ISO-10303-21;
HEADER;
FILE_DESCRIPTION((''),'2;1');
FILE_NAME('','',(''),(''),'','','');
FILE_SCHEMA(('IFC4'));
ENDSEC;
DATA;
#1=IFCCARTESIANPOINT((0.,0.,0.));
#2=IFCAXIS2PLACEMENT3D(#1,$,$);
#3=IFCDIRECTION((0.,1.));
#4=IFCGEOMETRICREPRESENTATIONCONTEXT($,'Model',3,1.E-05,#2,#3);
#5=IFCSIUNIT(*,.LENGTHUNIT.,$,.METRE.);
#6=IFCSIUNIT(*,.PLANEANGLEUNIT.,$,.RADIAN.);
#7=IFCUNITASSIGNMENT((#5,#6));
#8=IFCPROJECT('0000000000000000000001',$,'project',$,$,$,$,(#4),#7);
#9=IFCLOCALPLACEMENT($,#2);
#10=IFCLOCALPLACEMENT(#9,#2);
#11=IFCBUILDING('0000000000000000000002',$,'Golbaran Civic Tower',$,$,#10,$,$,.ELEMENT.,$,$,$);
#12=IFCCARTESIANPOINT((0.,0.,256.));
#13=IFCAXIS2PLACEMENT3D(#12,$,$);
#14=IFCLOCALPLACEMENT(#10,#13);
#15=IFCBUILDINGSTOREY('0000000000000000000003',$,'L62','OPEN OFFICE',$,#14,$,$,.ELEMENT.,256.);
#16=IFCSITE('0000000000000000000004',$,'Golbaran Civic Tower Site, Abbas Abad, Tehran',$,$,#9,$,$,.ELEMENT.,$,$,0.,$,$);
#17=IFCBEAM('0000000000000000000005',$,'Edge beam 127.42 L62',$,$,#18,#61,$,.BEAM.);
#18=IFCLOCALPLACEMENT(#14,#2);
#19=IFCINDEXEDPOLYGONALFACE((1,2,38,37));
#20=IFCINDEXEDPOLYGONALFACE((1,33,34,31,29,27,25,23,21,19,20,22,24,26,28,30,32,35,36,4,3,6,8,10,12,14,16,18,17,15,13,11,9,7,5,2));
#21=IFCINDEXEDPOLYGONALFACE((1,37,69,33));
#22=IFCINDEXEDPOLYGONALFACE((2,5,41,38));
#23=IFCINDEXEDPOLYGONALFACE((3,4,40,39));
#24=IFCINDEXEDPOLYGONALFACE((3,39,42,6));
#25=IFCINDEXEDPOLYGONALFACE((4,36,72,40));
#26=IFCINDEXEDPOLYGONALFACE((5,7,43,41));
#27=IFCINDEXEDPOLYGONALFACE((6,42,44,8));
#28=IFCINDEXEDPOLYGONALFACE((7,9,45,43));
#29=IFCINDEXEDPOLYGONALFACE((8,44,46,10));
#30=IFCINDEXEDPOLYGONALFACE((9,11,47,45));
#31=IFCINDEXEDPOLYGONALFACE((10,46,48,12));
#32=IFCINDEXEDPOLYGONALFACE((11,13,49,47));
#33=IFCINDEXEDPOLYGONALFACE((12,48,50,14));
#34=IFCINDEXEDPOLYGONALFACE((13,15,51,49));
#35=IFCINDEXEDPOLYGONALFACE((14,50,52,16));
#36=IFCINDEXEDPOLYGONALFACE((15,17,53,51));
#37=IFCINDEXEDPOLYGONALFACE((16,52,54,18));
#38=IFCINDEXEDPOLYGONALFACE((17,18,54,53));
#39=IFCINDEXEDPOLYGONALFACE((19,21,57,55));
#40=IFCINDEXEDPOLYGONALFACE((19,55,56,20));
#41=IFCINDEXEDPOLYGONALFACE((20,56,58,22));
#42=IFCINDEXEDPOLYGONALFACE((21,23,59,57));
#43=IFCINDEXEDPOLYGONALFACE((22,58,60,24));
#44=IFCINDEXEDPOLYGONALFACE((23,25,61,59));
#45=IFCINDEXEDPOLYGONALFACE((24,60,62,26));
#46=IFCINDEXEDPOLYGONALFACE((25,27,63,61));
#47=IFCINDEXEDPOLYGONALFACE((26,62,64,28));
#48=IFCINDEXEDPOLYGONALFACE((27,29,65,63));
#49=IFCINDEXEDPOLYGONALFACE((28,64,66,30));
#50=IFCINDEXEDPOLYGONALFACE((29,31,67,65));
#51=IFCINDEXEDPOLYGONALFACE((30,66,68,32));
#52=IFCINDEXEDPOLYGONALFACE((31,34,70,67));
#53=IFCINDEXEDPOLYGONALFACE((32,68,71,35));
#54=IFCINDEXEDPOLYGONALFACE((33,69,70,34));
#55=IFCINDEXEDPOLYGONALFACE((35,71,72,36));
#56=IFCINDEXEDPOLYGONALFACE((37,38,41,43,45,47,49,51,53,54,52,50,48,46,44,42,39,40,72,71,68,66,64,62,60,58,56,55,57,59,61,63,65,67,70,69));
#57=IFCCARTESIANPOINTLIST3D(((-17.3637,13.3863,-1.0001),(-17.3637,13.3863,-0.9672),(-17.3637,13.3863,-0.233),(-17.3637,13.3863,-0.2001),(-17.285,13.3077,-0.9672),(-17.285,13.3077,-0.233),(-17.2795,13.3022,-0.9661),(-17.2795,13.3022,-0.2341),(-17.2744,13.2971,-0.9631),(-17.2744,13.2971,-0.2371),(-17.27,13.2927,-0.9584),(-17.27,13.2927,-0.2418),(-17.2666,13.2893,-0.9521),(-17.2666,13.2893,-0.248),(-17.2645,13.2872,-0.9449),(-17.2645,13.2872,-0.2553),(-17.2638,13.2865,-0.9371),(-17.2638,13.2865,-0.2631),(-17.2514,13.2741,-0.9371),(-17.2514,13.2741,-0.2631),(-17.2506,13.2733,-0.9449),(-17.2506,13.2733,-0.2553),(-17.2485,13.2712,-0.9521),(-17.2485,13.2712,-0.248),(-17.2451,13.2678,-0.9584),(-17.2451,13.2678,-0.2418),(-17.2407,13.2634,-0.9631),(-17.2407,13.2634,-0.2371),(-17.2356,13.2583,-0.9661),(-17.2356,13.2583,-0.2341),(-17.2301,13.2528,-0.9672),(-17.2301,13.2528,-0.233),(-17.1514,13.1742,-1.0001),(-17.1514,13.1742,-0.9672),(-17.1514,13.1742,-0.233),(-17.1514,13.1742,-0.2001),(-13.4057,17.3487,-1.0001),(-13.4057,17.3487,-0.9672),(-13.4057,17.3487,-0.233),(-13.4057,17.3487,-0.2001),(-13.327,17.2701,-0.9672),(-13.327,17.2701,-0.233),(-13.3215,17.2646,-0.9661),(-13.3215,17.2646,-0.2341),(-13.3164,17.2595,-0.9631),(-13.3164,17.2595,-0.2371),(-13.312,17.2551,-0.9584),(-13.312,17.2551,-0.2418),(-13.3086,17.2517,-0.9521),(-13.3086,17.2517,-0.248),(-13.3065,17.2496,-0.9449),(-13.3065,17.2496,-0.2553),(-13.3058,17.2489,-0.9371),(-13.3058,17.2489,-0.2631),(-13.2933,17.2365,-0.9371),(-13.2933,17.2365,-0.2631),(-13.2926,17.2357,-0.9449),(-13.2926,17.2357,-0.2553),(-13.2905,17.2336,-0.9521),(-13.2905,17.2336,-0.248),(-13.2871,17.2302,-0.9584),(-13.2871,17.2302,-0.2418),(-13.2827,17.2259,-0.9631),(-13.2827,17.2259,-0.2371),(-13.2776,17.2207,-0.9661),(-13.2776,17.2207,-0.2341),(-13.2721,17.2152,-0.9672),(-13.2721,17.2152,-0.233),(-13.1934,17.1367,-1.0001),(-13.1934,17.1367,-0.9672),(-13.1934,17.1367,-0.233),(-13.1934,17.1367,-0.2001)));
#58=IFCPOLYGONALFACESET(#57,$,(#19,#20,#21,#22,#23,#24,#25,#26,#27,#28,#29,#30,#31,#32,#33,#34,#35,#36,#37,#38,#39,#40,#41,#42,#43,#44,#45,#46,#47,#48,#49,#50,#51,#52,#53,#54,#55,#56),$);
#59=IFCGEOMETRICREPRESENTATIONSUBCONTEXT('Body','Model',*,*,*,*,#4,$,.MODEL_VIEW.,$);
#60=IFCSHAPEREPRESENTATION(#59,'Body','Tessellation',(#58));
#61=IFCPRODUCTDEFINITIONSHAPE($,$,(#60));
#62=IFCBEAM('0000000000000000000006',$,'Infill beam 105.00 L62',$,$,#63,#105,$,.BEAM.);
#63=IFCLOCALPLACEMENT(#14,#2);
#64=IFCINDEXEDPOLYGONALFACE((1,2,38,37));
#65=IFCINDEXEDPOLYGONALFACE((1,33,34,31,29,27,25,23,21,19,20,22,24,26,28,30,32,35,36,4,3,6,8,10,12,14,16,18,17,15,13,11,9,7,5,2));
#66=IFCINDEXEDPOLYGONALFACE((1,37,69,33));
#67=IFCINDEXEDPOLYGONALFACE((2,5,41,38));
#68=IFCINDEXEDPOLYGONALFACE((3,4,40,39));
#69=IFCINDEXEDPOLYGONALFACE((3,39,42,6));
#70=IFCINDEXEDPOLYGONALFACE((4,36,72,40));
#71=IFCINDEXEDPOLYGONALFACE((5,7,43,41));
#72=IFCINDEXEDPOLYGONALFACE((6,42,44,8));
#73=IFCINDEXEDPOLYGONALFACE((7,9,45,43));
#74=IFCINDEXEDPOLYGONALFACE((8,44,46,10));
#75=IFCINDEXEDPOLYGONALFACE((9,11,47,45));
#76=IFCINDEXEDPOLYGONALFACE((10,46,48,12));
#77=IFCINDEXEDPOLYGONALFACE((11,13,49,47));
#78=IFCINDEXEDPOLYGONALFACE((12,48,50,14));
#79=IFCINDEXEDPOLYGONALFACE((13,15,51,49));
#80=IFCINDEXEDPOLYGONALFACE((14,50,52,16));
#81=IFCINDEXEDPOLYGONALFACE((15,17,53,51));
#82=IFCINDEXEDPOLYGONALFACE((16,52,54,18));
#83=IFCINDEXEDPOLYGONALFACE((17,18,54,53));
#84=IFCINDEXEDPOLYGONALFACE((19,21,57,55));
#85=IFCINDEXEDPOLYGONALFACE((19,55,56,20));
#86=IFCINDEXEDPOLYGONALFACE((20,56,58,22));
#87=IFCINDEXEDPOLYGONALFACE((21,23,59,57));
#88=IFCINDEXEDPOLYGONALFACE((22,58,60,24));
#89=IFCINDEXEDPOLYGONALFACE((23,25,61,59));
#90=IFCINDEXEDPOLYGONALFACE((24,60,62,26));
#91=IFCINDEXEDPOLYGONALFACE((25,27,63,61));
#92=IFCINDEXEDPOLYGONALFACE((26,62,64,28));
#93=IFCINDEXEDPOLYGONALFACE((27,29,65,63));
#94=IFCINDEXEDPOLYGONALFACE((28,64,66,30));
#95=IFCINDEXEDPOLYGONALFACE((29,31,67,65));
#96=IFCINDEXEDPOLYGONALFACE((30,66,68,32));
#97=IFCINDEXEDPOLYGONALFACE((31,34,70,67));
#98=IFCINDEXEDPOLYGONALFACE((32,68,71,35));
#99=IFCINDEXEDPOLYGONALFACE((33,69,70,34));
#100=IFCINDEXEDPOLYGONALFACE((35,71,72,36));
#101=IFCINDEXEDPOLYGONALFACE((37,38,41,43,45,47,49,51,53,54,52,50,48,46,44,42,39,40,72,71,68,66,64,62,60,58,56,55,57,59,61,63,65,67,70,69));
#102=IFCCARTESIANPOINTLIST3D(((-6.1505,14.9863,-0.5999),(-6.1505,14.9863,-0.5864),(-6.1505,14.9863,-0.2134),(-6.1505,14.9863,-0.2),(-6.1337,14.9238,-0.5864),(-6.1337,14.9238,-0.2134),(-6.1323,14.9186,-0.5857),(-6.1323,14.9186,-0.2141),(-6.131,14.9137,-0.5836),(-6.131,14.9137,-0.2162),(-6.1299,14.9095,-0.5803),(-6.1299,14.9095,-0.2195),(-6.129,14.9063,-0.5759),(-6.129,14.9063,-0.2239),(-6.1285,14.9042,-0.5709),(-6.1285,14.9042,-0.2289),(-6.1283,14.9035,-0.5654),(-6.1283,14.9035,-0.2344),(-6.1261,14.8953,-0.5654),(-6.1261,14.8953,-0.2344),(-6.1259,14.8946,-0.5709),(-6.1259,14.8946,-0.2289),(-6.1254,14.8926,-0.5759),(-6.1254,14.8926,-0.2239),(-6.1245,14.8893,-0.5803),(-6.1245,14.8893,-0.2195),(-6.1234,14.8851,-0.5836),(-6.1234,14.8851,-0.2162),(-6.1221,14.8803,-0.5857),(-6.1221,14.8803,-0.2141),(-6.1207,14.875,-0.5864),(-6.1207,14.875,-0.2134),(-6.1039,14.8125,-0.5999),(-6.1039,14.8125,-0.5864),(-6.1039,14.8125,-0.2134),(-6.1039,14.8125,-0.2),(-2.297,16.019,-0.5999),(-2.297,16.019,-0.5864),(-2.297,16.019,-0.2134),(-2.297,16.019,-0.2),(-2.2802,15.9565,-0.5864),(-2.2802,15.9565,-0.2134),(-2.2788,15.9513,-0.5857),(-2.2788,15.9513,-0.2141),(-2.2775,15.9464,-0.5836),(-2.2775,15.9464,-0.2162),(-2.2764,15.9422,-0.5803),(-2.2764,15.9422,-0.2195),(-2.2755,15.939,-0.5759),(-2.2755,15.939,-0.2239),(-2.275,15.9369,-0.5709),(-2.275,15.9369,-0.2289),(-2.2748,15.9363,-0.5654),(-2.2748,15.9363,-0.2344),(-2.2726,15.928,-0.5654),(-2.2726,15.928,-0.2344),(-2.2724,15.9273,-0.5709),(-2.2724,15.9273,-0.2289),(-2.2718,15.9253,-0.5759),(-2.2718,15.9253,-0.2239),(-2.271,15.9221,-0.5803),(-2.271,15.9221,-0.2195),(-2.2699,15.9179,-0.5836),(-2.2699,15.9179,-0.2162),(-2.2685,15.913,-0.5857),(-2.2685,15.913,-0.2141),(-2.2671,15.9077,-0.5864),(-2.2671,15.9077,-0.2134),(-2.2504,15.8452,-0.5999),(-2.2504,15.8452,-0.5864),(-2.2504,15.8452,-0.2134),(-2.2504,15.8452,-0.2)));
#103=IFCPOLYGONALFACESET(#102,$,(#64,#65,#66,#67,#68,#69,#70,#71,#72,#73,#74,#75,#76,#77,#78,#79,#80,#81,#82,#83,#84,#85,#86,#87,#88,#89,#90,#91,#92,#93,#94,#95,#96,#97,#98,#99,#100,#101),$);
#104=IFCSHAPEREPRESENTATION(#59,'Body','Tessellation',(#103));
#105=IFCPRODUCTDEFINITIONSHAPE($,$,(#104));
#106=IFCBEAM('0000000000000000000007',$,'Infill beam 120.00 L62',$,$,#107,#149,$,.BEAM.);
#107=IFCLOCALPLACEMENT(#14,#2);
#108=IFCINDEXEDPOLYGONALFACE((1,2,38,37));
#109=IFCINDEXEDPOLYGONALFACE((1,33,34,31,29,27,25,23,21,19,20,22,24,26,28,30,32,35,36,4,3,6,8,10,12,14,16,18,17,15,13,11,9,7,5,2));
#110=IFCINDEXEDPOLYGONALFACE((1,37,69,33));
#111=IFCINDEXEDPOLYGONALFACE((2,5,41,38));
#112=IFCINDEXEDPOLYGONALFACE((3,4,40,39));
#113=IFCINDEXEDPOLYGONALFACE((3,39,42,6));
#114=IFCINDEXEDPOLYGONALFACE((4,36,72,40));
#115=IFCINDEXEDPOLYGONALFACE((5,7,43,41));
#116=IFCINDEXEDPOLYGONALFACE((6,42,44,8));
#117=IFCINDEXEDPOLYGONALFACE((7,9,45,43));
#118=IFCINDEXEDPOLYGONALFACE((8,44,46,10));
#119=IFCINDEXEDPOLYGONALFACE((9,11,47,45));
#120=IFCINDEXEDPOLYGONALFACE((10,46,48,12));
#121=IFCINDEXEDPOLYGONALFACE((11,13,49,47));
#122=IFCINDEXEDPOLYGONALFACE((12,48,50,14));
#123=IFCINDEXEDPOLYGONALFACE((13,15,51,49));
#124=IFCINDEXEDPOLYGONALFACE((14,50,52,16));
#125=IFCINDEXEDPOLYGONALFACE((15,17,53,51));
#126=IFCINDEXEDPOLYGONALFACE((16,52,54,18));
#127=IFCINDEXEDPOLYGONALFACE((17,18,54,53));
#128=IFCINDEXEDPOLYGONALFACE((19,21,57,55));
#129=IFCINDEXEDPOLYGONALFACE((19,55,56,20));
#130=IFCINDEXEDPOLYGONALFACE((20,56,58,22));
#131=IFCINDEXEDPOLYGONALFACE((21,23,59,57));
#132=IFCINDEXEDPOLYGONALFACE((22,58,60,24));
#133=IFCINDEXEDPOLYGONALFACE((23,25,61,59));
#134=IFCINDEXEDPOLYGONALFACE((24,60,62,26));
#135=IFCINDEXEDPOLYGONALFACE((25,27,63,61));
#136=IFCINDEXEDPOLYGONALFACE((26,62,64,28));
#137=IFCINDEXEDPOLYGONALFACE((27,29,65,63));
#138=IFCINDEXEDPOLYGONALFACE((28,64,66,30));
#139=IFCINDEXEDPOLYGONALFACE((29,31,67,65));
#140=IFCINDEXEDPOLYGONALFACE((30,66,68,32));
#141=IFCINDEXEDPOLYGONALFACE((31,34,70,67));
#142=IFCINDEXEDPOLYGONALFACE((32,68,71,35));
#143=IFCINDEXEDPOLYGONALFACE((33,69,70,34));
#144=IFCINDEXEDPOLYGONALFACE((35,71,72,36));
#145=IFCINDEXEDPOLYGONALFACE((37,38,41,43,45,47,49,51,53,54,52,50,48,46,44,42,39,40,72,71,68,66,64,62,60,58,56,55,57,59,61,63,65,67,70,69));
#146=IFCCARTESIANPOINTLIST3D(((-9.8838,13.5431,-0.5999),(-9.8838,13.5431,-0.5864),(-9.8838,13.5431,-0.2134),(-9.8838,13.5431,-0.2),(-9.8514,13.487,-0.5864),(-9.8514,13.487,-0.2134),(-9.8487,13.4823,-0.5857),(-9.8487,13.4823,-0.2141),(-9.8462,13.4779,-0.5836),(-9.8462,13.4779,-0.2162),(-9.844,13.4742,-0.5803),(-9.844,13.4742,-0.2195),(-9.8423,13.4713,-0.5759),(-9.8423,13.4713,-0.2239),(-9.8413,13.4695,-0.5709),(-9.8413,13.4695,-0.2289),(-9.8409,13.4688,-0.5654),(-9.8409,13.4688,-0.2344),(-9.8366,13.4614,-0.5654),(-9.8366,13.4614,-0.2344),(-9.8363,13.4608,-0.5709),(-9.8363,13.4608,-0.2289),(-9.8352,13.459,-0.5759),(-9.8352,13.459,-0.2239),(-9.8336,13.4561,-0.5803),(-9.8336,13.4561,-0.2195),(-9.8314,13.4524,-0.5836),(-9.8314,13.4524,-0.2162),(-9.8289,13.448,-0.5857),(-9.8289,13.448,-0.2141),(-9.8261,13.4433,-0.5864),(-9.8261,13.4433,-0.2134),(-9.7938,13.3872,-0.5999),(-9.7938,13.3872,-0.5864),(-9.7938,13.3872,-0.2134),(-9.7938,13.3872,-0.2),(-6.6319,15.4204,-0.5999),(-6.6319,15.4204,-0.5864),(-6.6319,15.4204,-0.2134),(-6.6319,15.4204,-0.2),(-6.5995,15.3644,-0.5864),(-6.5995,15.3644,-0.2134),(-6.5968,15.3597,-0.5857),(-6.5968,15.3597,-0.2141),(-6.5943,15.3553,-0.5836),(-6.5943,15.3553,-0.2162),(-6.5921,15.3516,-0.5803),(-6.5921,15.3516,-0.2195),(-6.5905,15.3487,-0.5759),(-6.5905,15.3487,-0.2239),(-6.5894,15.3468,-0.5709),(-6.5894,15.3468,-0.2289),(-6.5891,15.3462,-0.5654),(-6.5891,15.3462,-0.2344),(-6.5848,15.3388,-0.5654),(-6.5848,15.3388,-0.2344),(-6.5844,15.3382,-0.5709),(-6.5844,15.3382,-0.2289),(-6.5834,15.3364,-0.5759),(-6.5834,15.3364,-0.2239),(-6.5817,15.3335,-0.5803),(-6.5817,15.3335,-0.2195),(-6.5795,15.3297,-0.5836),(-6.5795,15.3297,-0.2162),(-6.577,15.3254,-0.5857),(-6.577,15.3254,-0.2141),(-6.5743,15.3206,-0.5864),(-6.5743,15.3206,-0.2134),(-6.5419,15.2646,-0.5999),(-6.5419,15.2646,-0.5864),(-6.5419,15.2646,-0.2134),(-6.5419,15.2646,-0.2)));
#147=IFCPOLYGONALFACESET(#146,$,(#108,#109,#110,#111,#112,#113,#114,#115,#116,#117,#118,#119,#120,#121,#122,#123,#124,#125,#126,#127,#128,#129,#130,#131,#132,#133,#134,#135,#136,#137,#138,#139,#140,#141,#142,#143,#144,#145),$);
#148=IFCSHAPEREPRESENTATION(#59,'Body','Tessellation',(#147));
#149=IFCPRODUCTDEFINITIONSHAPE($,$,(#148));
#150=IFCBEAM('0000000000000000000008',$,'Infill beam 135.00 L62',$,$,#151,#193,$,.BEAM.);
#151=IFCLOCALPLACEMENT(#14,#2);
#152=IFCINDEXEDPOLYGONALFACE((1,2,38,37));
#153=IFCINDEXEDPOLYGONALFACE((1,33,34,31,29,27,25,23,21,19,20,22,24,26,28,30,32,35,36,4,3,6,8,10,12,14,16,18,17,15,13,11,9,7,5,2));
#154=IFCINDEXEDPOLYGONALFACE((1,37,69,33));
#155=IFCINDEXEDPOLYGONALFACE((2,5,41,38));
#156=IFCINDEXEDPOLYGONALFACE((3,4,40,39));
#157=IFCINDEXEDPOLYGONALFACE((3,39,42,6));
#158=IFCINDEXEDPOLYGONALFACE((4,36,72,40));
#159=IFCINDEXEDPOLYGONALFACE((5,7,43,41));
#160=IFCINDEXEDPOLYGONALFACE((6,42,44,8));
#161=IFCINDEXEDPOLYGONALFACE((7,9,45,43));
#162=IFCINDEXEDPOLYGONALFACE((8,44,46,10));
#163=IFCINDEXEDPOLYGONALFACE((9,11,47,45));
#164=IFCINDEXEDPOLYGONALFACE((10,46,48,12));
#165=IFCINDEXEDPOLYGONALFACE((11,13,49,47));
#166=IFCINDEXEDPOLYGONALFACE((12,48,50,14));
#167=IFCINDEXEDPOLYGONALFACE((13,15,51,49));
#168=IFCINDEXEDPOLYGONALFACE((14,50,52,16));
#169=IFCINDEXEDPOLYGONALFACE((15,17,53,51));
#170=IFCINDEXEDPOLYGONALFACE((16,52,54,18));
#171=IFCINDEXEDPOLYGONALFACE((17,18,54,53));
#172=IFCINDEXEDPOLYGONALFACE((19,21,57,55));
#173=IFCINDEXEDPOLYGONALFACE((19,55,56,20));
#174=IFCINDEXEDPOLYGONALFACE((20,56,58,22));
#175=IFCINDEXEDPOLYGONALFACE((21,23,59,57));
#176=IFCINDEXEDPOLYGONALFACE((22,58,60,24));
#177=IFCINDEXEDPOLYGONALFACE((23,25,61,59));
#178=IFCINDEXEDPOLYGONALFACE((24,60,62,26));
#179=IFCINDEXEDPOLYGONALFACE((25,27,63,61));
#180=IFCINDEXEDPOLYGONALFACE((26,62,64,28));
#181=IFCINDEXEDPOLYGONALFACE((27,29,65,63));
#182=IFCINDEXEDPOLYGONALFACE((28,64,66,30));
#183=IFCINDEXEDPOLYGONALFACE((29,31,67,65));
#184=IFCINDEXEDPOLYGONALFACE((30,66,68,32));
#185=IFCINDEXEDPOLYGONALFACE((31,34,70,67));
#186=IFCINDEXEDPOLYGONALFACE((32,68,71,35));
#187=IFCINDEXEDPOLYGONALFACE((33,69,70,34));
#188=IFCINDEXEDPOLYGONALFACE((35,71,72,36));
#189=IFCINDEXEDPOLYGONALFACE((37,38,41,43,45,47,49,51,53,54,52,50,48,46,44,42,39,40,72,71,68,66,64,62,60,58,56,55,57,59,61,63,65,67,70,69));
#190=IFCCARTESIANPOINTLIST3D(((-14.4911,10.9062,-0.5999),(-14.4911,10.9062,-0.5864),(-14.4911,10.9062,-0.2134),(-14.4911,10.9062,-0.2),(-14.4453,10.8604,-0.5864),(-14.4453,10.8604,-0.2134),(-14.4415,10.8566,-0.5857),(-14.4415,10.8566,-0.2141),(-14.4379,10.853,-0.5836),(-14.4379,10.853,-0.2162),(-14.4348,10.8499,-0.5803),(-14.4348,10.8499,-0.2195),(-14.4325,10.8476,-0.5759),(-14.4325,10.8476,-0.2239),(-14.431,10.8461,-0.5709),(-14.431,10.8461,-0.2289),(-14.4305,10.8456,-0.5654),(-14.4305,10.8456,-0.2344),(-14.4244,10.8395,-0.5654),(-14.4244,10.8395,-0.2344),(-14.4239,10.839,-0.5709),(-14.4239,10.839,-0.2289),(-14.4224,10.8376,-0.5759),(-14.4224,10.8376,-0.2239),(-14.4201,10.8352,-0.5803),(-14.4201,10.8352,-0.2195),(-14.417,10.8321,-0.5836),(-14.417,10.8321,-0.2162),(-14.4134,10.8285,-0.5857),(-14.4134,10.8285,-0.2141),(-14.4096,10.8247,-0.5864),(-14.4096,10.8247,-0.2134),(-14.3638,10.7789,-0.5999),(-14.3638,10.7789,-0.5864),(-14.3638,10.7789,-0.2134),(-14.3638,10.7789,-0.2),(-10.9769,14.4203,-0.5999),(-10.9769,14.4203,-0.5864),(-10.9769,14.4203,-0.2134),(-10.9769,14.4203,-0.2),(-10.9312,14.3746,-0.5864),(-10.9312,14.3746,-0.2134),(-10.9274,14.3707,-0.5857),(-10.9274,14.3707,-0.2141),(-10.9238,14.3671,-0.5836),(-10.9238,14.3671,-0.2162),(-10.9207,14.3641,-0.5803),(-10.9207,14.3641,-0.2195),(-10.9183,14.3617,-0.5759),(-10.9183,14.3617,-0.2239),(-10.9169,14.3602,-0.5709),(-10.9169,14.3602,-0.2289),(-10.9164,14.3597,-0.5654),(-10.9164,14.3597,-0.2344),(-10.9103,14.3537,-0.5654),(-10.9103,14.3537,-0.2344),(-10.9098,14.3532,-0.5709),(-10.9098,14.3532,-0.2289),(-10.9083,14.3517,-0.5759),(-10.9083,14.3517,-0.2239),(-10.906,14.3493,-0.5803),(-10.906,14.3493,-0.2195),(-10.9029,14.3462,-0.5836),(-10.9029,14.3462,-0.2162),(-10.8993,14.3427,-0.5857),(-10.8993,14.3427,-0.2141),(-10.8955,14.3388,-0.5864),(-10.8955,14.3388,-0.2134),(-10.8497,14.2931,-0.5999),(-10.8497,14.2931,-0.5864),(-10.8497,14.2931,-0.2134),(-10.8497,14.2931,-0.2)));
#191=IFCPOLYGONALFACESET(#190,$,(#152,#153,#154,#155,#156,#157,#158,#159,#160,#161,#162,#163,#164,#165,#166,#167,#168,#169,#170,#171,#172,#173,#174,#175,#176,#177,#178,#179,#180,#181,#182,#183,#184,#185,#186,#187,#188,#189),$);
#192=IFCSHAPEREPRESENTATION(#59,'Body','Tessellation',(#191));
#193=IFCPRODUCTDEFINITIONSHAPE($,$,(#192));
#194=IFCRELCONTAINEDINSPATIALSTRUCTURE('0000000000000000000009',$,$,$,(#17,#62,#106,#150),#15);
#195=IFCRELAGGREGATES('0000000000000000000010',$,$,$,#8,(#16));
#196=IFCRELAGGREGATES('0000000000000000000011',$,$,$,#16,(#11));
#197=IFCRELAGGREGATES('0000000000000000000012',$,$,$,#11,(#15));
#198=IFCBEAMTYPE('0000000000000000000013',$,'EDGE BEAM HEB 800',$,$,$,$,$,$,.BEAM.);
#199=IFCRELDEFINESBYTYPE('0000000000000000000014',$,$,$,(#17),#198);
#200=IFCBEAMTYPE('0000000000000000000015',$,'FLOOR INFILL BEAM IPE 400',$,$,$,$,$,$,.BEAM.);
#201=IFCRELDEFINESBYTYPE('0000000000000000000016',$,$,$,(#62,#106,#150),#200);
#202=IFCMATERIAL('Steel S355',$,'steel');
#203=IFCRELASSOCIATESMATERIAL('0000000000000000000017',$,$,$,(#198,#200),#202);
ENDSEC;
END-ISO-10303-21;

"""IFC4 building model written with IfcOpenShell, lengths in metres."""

from ifc_helpers import new_model, si_unit, direction, frame, origin, origin_2d, place, context, subcontext, project, spatial, i_section, extrude, material, material_profile, profile_set, type_object, element, save


model = new_model("IFC4")

# Units and contexts
model_context = context("Model", 3, precision=1e-05, world=origin(), true_north=direction((0.0, 1.0)))
body_context = subcontext(model_context, "Body", "Model", "MODEL_VIEW")
ifc_project = project(units=[si_unit("LENGTHUNIT", "METRE"), si_unit("PLANEANGLEUNIT", "RADIAN")], contexts=[model_context])

# Site, building, storey
site_placement = place(None, origin())
site = spatial("IfcSite", under=ifc_project, at=site_placement, Name="Golbaran Civic Tower Site, Abbas Abad, Tehran", CompositionType="ELEMENT", RefElevation=0.0)
building_placement = place(site_placement, origin())
building = spatial("IfcBuilding", under=site, at=building_placement, Name="Golbaran Civic Tower", CompositionType="ELEMENT")
storey_placement = place(building_placement, frame((0.0, 0.0, 256.0)))
storey = spatial("IfcBuildingStorey", under=building, at=storey_placement, Name="L62", Description="OPEN OFFICE", CompositionType="ELEMENT", Elevation=256.0)

# Beams
ifc_material_1 = material(Name="Steel S355", Category="steel")
ifc_material_profile_1 = material_profile(ifc_material_1, i_section(OverallWidth=0.3, OverallDepth=0.8, WebThickness=0.0176, FlangeThickness=0.033, FilletRadius=0.03, at=origin_2d()), Name="HEB 800")
ifc_profile_set_1 = profile_set([ifc_material_profile_1], Name="Steel S355")
beam_type_1 = type_object("IfcBeamType", Name="EDGE BEAM HEB 800", PredefinedType="BEAM", material=ifc_profile_set_1)
beam_1_placement = place(storey_placement, frame((-13.2996, 17.2427, -0.6001), z_axis=(-0.706714, -0.707499, 0.0), x_axis=(0.707499, -0.706714, 0.0)))
element("IfcBeam", 1, at=beam_1_placement, inside=storey, type_object=beam_type_1, Name="Edge beam 127.42 L62", PredefinedType="BEAM", context=body_context, shape_type="SweptSolid", body=[
    extrude(i_section(OverallWidth=0.3, OverallDepth=0.8, WebThickness=0.0176, FlangeThickness=0.033, FilletRadius=0.03, at=origin_2d()), origin(), (0.0, 0.0, 1.0), 5.6006),
])
ifc_material_profile_2 = material_profile(ifc_material_1, i_section(OverallWidth=0.1799, OverallDepth=0.3999, WebThickness=0.0085, FlangeThickness=0.0134, FilletRadius=0.021, at=origin_2d()), Name="IPE 400")
ifc_profile_set_2 = profile_set([ifc_material_profile_2], Name="Steel S355")
beam_type_2 = type_object("IfcBeamType", Name="FLOOR INFILL BEAM IPE 400", PredefinedType="BEAM", material=ifc_profile_set_2)
beam_2_placement = place(storey_placement, frame((-2.2737, 15.9321, -0.3999), z_axis=(-0.965915, -0.258858, 0.0), x_axis=(0.258858, -0.965915, 0.0)))
element("IfcBeam", 2, at=beam_2_placement, inside=storey, type_object=beam_type_2, Name="Infill beam 105.00 L62", PredefinedType="BEAM", context=body_context, shape_type="SweptSolid", body=[
    extrude(i_section(OverallWidth=0.1799, OverallDepth=0.3999, WebThickness=0.0085, FlangeThickness=0.0134, FilletRadius=0.021, at=origin_2d()), origin(), (0.0, 0.0, 1.0), 3.9895),
])
beam_3_placement = place(storey_placement, frame((-6.5869, 15.3425, -0.3999), z_axis=(-0.866034, -0.499985, 0.0), x_axis=(0.499985, -0.866034, 0.0)))
element("IfcBeam", 3, at=beam_3_placement, inside=storey, type_object=beam_type_2, Name="Infill beam 120.00 L62", PredefinedType="BEAM", context=body_context, shape_type="SweptSolid", body=[
    extrude(i_section(OverallWidth=0.1799, OverallDepth=0.3999, WebThickness=0.0085, FlangeThickness=0.0134, FilletRadius=0.021, at=origin_2d()), origin(), (0.0, 0.0, 1.0), 3.7549),
])
beam_4_placement = place(storey_placement, frame((-10.9133, 14.3567, -0.3999), z_axis=(-0.707107, -0.707107, 0.0), x_axis=(0.707107, -0.707107, 0.0)))
element("IfcBeam", 4, at=beam_4_placement, inside=storey, type_object=beam_type_2, Name="Infill beam 135.00 L62", PredefinedType="BEAM", context=body_context, shape_type="SweptSolid", body=[
    extrude(i_section(OverallWidth=0.1799, OverallDepth=0.3999, WebThickness=0.0085, FlangeThickness=0.0134, FilletRadius=0.021, at=origin_2d()), origin(), (0.0, 0.0, 1.0), 4.9697),
])

save(model, "model.ifc")
